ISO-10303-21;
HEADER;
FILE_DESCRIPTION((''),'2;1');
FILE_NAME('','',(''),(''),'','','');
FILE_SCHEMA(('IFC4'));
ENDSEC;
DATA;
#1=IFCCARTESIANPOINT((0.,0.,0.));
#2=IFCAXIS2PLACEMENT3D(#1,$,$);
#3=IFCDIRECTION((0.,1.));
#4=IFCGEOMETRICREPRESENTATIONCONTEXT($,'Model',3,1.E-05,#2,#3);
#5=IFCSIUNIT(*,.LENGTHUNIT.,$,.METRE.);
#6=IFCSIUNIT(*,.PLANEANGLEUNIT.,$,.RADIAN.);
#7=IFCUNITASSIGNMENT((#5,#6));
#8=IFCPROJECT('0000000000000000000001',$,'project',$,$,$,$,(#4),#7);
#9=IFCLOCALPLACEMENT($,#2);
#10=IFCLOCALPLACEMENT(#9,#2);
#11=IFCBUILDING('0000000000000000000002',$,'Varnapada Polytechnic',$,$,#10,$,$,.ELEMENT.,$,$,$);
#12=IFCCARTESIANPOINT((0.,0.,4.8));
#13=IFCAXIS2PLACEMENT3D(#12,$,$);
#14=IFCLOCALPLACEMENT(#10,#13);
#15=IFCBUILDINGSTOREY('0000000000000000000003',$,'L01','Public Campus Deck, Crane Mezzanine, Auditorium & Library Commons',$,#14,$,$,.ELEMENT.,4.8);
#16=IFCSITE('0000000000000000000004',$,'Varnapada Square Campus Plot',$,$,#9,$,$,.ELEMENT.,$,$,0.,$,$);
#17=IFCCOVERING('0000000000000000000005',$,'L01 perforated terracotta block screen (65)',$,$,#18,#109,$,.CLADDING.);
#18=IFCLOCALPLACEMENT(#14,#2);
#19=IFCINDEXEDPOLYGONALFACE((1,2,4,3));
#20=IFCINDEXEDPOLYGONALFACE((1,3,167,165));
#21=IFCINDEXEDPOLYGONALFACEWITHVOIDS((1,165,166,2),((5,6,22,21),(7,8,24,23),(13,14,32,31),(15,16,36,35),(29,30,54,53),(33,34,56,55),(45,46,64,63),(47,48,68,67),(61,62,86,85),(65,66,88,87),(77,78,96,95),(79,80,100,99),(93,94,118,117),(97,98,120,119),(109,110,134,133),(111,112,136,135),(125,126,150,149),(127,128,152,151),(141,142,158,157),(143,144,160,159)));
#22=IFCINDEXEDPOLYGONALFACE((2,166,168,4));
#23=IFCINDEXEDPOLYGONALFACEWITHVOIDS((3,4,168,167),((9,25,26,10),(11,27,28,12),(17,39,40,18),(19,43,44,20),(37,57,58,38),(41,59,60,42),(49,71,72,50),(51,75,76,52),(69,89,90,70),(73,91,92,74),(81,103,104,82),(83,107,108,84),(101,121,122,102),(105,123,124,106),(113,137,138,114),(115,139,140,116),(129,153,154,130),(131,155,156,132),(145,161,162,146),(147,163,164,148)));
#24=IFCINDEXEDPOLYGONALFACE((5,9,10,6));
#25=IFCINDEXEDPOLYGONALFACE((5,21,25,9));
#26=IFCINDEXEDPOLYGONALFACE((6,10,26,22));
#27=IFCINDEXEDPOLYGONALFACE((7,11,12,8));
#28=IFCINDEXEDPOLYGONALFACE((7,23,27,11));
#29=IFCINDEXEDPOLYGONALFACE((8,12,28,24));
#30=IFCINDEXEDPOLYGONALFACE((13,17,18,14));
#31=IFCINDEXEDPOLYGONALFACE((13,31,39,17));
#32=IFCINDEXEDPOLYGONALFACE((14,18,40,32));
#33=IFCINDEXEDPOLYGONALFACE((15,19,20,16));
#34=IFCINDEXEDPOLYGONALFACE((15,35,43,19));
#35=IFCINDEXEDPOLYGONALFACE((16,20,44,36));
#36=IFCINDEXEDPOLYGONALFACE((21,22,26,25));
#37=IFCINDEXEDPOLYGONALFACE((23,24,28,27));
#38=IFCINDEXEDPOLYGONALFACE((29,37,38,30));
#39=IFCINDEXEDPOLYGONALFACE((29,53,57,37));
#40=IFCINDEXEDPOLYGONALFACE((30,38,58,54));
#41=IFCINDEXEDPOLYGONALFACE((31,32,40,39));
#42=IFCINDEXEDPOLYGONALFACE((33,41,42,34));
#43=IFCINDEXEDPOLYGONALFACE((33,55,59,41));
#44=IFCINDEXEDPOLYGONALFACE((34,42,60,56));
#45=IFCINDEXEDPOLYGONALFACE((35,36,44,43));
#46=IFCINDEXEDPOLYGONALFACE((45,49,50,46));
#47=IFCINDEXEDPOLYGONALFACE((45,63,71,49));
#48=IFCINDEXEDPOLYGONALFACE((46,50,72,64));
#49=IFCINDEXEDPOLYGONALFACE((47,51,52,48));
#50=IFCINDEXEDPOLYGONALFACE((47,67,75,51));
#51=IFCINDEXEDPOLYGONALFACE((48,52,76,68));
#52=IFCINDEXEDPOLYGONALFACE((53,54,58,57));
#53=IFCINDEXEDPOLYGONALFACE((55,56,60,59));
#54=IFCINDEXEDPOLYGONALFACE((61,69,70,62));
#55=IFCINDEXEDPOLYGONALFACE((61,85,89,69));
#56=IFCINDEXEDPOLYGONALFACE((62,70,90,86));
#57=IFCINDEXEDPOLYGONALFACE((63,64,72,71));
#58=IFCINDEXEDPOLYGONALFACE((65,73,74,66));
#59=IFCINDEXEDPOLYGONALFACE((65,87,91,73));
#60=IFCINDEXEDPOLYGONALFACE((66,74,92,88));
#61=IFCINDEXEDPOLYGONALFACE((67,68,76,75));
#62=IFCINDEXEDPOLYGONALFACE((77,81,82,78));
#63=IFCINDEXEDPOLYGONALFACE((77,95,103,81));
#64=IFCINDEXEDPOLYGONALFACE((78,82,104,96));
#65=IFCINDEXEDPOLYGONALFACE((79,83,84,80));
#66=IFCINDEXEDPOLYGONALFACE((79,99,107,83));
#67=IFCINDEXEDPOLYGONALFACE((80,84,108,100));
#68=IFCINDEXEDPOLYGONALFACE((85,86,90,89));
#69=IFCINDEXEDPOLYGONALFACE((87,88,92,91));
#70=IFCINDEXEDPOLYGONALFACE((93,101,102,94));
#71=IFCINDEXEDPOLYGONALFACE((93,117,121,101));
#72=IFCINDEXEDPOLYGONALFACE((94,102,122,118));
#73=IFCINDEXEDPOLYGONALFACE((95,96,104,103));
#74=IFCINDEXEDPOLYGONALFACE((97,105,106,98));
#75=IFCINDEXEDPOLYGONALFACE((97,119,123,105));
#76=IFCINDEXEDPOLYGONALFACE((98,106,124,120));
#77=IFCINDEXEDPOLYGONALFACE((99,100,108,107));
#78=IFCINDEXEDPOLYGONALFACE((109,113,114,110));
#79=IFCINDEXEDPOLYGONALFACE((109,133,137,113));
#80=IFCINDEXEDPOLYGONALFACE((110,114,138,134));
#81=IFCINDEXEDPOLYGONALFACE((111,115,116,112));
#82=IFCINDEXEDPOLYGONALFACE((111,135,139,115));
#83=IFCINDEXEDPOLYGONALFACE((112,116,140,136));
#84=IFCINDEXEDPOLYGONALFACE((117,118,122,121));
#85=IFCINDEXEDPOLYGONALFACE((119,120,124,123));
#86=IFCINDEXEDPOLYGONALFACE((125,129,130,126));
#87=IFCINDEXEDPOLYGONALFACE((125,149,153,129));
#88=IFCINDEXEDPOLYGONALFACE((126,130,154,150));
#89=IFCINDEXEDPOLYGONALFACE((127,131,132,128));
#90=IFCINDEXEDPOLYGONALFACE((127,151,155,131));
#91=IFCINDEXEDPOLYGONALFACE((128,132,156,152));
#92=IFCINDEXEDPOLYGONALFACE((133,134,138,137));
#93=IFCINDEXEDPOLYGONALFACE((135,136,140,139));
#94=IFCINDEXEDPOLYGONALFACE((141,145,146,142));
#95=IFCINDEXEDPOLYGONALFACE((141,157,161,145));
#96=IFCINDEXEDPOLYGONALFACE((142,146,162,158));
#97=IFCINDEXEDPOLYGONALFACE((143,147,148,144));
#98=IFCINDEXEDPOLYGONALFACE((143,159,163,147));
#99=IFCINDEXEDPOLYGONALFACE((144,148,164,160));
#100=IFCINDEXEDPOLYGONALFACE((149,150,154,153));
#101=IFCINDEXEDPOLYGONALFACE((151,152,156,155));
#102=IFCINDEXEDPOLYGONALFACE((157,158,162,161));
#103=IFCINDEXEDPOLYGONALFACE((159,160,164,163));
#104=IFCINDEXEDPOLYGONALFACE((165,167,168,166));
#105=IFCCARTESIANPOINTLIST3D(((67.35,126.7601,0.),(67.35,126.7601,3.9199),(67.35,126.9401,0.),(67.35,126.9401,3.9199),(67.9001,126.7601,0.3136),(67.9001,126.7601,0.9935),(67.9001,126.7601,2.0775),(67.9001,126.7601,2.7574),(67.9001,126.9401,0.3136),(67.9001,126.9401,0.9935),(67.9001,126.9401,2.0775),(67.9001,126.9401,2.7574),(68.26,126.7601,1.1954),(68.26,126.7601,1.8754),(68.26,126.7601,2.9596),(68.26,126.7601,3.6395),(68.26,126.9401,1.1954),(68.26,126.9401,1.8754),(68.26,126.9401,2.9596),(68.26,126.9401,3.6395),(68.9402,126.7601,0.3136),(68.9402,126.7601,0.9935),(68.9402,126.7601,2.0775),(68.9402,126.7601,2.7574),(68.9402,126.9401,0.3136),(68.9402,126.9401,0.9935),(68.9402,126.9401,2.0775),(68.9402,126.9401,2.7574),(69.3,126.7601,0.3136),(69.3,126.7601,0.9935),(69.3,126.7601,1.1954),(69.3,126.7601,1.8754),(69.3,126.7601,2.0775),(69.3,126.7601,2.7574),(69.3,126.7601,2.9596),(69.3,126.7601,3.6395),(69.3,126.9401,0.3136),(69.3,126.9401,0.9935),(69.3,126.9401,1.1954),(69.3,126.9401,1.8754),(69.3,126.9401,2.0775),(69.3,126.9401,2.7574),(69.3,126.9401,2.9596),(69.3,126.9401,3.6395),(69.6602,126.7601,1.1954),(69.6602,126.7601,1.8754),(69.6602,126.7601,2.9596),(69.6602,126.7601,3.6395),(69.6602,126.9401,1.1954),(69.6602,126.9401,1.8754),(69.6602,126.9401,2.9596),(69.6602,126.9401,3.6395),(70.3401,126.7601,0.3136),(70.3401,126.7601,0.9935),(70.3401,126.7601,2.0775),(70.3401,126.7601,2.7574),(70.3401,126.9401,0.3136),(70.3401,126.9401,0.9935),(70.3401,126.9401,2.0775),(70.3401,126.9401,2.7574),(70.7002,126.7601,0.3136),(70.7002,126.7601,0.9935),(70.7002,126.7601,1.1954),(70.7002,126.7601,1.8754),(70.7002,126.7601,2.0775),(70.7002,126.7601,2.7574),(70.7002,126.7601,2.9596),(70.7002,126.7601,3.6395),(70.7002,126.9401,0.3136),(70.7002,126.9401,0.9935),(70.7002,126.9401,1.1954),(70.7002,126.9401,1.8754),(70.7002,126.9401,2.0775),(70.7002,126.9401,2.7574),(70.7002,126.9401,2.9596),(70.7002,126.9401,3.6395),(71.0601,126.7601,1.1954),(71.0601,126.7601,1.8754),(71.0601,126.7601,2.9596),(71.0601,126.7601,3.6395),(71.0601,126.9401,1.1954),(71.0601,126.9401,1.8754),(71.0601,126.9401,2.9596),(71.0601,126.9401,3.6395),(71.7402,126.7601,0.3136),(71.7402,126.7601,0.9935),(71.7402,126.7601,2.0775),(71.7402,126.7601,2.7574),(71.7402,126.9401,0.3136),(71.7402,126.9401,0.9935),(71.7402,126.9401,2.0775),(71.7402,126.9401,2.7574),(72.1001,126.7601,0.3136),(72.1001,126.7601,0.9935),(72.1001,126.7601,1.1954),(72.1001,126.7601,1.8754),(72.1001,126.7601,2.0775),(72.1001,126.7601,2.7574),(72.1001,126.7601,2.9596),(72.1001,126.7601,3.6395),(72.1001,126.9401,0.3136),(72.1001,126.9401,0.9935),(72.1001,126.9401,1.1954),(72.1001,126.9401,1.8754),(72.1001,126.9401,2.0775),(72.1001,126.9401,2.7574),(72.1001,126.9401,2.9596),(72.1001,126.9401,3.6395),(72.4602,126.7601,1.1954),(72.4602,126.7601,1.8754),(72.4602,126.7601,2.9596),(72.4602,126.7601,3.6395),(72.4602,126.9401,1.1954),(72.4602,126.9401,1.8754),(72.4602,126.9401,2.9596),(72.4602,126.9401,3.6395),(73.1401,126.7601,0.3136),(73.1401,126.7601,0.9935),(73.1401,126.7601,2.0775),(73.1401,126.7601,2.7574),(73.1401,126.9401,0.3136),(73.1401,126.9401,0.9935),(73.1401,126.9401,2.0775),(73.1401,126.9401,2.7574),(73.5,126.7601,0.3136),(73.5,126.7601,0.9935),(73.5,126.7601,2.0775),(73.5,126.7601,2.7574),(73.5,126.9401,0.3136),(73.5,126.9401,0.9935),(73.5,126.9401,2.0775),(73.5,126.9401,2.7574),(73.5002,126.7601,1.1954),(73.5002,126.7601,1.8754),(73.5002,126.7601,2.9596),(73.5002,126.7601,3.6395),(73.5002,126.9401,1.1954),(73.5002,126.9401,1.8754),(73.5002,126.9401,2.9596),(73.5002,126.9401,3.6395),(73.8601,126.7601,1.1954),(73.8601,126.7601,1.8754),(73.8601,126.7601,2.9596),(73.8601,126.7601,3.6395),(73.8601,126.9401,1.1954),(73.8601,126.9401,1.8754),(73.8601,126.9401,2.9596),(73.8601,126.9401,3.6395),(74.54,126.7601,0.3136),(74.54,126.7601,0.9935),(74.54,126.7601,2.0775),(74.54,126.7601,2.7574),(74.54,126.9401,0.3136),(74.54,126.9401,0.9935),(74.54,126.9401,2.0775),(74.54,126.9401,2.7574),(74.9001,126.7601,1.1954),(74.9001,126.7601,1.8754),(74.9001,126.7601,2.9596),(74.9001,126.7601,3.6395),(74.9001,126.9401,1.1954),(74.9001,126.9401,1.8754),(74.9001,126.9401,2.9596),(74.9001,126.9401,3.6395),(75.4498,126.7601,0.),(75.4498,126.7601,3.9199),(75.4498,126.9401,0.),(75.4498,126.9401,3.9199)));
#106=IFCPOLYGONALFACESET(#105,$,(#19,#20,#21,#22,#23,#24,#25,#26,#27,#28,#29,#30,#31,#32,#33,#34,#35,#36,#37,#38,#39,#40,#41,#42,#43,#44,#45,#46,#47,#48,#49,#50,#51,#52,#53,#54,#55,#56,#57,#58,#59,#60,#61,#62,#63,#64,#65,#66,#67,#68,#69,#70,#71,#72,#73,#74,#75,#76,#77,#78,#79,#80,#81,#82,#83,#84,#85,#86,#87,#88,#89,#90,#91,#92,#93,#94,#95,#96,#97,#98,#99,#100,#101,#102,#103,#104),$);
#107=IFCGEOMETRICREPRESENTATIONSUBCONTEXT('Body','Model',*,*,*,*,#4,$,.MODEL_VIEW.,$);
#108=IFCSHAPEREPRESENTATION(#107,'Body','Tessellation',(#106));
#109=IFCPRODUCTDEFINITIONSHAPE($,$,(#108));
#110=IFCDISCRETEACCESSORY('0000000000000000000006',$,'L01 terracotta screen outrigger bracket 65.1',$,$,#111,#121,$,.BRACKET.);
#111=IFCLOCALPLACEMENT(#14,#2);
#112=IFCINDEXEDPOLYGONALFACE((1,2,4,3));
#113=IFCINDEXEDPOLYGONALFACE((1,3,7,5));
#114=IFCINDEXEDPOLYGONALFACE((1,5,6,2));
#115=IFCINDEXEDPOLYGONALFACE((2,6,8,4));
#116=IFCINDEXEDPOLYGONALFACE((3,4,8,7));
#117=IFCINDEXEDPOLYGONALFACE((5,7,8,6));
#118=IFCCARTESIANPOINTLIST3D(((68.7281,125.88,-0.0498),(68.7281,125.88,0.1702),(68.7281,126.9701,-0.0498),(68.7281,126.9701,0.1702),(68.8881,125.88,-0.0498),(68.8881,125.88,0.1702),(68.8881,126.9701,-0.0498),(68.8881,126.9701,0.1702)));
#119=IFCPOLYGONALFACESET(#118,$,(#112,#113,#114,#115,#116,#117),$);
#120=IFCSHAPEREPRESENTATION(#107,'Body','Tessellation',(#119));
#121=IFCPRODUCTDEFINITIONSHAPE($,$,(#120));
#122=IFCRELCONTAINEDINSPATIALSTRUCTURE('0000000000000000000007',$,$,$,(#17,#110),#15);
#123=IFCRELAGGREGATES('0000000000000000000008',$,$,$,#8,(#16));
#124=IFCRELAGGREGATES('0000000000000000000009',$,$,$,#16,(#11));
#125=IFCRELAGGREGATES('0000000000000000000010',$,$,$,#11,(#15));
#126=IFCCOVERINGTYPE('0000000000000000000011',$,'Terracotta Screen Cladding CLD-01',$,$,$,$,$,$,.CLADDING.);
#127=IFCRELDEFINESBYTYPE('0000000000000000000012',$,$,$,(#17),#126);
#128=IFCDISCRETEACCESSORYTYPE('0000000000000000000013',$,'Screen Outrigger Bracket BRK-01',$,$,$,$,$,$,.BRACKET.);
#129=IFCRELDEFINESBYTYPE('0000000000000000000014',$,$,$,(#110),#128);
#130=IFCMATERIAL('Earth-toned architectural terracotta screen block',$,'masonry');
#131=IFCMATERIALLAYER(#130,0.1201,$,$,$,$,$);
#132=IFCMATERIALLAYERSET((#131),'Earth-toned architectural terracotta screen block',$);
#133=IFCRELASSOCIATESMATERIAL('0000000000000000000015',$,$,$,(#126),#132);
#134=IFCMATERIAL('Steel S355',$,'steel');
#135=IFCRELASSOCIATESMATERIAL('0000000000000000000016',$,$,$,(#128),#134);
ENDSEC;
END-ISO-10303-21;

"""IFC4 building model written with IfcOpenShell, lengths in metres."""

from ifc_helpers import new_model, si_unit, direction, frame, frame_2d, origin, origin_2d, place, context, subcontext, project, spatial, rectangle, extrude, material, layer, layer_set, type_object, element, save


model = new_model("IFC4")

# Units and contexts
model_context = context("Model", 3, precision=1e-05, world=origin(), true_north=direction((0.0, 1.0)))
body_context = subcontext(model_context, "Body", "Model", "MODEL_VIEW")
ifc_project = project(units=[si_unit("LENGTHUNIT", "METRE"), si_unit("PLANEANGLEUNIT", "RADIAN")], contexts=[model_context])

# Site, building, storey
site_placement = place(None, origin())
site = spatial("IfcSite", under=ifc_project, at=site_placement, Name="Varnapada Square Campus Plot", CompositionType="ELEMENT", RefElevation=0.0)
building_placement = place(site_placement, origin())
building = spatial("IfcBuilding", under=site, at=building_placement, Name="Varnapada Polytechnic", CompositionType="ELEMENT")
storey_placement = place(building_placement, frame((0.0, 0.0, 4.8)))
storey = spatial("IfcBuildingStorey", under=building, at=storey_placement, Name="L01", Description="Public Campus Deck, Crane Mezzanine, Auditorium & Library Commons", CompositionType="ELEMENT", Elevation=4.8)

# Covering, openings
ifc_material_1 = material(Name="Earth-toned architectural terracotta screen block", Category="masonry")
ifc_layer = layer(ifc_material_1, 0.1201)
ifc_layer_set = layer_set([ifc_layer], Name="Earth-toned architectural terracotta screen block")
covering_type = type_object("IfcCoveringType", Name="Terracotta Screen Cladding CLD-01", PredefinedType="CLADDING", material=ifc_layer_set)
covering_placement = place(storey_placement, frame((67.3501, 126.8501, 0.0), z_axis=(0.0, 0.0, 1.0), x_axis=(1.0, 0.0, 0.0)))
covering = element("IfcCovering", 1, at=covering_placement, inside=storey, type_object=covering_type, Name="L01 perforated terracotta block screen (65)", PredefinedType="CLADDING", context=body_context, shape_type="SweptSolid", body=[
    extrude(rectangle(XDim=8.0999, YDim=0.1799, at=frame_2d((4.0498, 0.0))), origin(), (0.0, 0.0, 1.0), 3.9199),
])
opening_1_placement = place(covering_placement, frame((0.55, 0.0, 0.3137)))
element("IfcOpeningElement", 2, at=opening_1_placement, cuts=covering, PredefinedType="OPENING", context=body_context, shape_type="SweptSolid", body=[
    extrude(rectangle(XDim=1.04, YDim=0.6799, at=frame_2d((0.52, 0.3398))), frame((0.0, 0.0999, 0.0), z_axis=(0.0, -1.0, 0.0), x_axis=(1.0, 0.0, 0.0)), (0.0, 0.0, 1.0), 0.2),
])
opening_2_placement = place(covering_placement, frame((1.95, 0.0, 0.3137)))
element("IfcOpeningElement", 3, at=opening_2_placement, cuts=covering, PredefinedType="OPENING", context=body_context, shape_type="SweptSolid", body=[
    extrude(rectangle(XDim=1.04, YDim=0.6799, at=frame_2d((0.52, 0.3398))), frame((0.0, 0.0999, 0.0), z_axis=(0.0, -1.0, 0.0), x_axis=(1.0, 0.0, 0.0)), (0.0, 0.0, 1.0), 0.2),
])
opening_3_placement = place(covering_placement, frame((3.3501, 0.0, 0.3137)))
element("IfcOpeningElement", 4, at=opening_3_placement, cuts=covering, PredefinedType="OPENING", context=body_context, shape_type="SweptSolid", body=[
    extrude(rectangle(XDim=1.04, YDim=0.6799, at=frame_2d((0.52, 0.3398))), frame((0.0, 0.0999, 0.0), z_axis=(0.0, -1.0, 0.0), x_axis=(1.0, 0.0, 0.0)), (0.0, 0.0, 1.0), 0.2),
])
opening_4_placement = place(covering_placement, frame((4.75, 0.0, 0.3137)))
element("IfcOpeningElement", 5, at=opening_4_placement, cuts=covering, PredefinedType="OPENING", context=body_context, shape_type="SweptSolid", body=[
    extrude(rectangle(XDim=1.04, YDim=0.6799, at=frame_2d((0.52, 0.3398))), frame((0.0, 0.0999, 0.0), z_axis=(0.0, -1.0, 0.0), x_axis=(1.0, 0.0, 0.0)), (0.0, 0.0, 1.0), 0.2),
])
opening_5_placement = place(covering_placement, frame((6.1499, 0.0, 0.3137)))
element("IfcOpeningElement", 6, at=opening_5_placement, cuts=covering, PredefinedType="OPENING", context=body_context, shape_type="SweptSolid", body=[
    extrude(rectangle(XDim=1.04, YDim=0.6799, at=frame_2d((0.52, 0.3398))), frame((0.0, 0.0999, 0.0), z_axis=(0.0, -1.0, 0.0), x_axis=(1.0, 0.0, 0.0)), (0.0, 0.0, 1.0), 0.2),
])
opening_6_placement = place(covering_placement, frame((0.9099, 0.0, 1.1956)))
element("IfcOpeningElement", 7, at=opening_6_placement, cuts=covering, PredefinedType="OPENING", context=body_context, shape_type="SweptSolid", body=[
    extrude(rectangle(XDim=1.04, YDim=0.6799, at=frame_2d((0.52, 0.3398))), frame((0.0, 0.0999, 0.0), z_axis=(0.0, -1.0, 0.0), x_axis=(1.0, 0.0, 0.0)), (0.0, 0.0, 1.0), 0.2),
])
opening_7_placement = place(covering_placement, frame((2.3101, 0.0, 1.1956)))
element("IfcOpeningElement", 8, at=opening_7_placement, cuts=covering, PredefinedType="OPENING", context=body_context, shape_type="SweptSolid", body=[
    extrude(rectangle(XDim=1.04, YDim=0.6799, at=frame_2d((0.52, 0.3398))), frame((0.0, 0.0999, 0.0), z_axis=(0.0, -1.0, 0.0), x_axis=(1.0, 0.0, 0.0)), (0.0, 0.0, 1.0), 0.2),
])
opening_8_placement = place(covering_placement, frame((3.71, 0.0, 1.1956)))
element("IfcOpeningElement", 9, at=opening_8_placement, cuts=covering, PredefinedType="OPENING", context=body_context, shape_type="SweptSolid", body=[
    extrude(rectangle(XDim=1.04, YDim=0.6799, at=frame_2d((0.52, 0.3398))), frame((0.0, 0.0999, 0.0), z_axis=(0.0, -1.0, 0.0), x_axis=(1.0, 0.0, 0.0)), (0.0, 0.0, 1.0), 0.2),
])
opening_9_placement = place(covering_placement, frame((5.1101, 0.0, 1.1956)))
element("IfcOpeningElement", 10, at=opening_9_placement, cuts=covering, PredefinedType="OPENING", context=body_context, shape_type="SweptSolid", body=[
    extrude(rectangle(XDim=1.04, YDim=0.6799, at=frame_2d((0.52, 0.3398))), frame((0.0, 0.0999, 0.0), z_axis=(0.0, -1.0, 0.0), x_axis=(1.0, 0.0, 0.0)), (0.0, 0.0, 1.0), 0.2),
])
opening_10_placement = place(covering_placement, frame((6.51, 0.0, 1.1956)))
element("IfcOpeningElement", 11, at=opening_10_placement, cuts=covering, PredefinedType="OPENING", context=body_context, shape_type="SweptSolid", body=[
    extrude(rectangle(XDim=1.04, YDim=0.6799, at=frame_2d((0.52, 0.3398))), frame((0.0, 0.0999, 0.0), z_axis=(0.0, -1.0, 0.0), x_axis=(1.0, 0.0, 0.0)), (0.0, 0.0, 1.0), 0.2),
])
opening_11_placement = place(covering_placement, frame((0.55, 0.0, 2.0776)))
element("IfcOpeningElement", 12, at=opening_11_placement, cuts=covering, PredefinedType="OPENING", context=body_context, shape_type="SweptSolid", body=[
    extrude(rectangle(XDim=1.04, YDim=0.6799, at=frame_2d((0.52, 0.3398))), frame((0.0, 0.0999, 0.0), z_axis=(0.0, -1.0, 0.0), x_axis=(1.0, 0.0, 0.0)), (0.0, 0.0, 1.0), 0.2),
])
opening_12_placement = place(covering_placement, frame((1.95, 0.0, 2.0776)))
element("IfcOpeningElement", 13, at=opening_12_placement, cuts=covering, PredefinedType="OPENING", context=body_context, shape_type="SweptSolid", body=[
    extrude(rectangle(XDim=1.04, YDim=0.6799, at=frame_2d((0.52, 0.3398))), frame((0.0, 0.0999, 0.0), z_axis=(0.0, -1.0, 0.0), x_axis=(1.0, 0.0, 0.0)), (0.0, 0.0, 1.0), 0.2),
])
opening_13_placement = place(covering_placement, frame((3.3501, 0.0, 2.0776)))
element("IfcOpeningElement", 14, at=opening_13_placement, cuts=covering, PredefinedType="OPENING", context=body_context, shape_type="SweptSolid", body=[
    extrude(rectangle(XDim=1.04, YDim=0.6799, at=frame_2d((0.52, 0.3398))), frame((0.0, 0.0999, 0.0), z_axis=(0.0, -1.0, 0.0), x_axis=(1.0, 0.0, 0.0)), (0.0, 0.0, 1.0), 0.2),
])
opening_14_placement = place(covering_placement, frame((4.75, 0.0, 2.0776)))
element("IfcOpeningElement", 15, at=opening_14_placement, cuts=covering, PredefinedType="OPENING", context=body_context, shape_type="SweptSolid", body=[
    extrude(rectangle(XDim=1.04, YDim=0.6799, at=frame_2d((0.52, 0.3398))), frame((0.0, 0.0999, 0.0), z_axis=(0.0, -1.0, 0.0), x_axis=(1.0, 0.0, 0.0)), (0.0, 0.0, 1.0), 0.2),
])
opening_15_placement = place(covering_placement, frame((6.1499, 0.0, 2.0776)))
element("IfcOpeningElement", 16, at=opening_15_placement, cuts=covering, PredefinedType="OPENING", context=body_context, shape_type="SweptSolid", body=[
    extrude(rectangle(XDim=1.04, YDim=0.6799, at=frame_2d((0.52, 0.3398))), frame((0.0, 0.0999, 0.0), z_axis=(0.0, -1.0, 0.0), x_axis=(1.0, 0.0, 0.0)), (0.0, 0.0, 1.0), 0.2),
])
opening_16_placement = place(covering_placement, frame((0.9099, 0.0, 2.9597)))
element("IfcOpeningElement", 17, at=opening_16_placement, cuts=covering, PredefinedType="OPENING", context=body_context, shape_type="SweptSolid", body=[
    extrude(rectangle(XDim=1.04, YDim=0.6799, at=frame_2d((0.52, 0.3398))), frame((0.0, 0.0999, 0.0), z_axis=(0.0, -1.0, 0.0), x_axis=(1.0, 0.0, 0.0)), (0.0, 0.0, 1.0), 0.2),
])
opening_17_placement = place(covering_placement, frame((2.3101, 0.0, 2.9597)))
element("IfcOpeningElement", 18, at=opening_17_placement, cuts=covering, PredefinedType="OPENING", context=body_context, shape_type="SweptSolid", body=[
    extrude(rectangle(XDim=1.04, YDim=0.6799, at=frame_2d((0.52, 0.3398))), frame((0.0, 0.0999, 0.0), z_axis=(0.0, -1.0, 0.0), x_axis=(1.0, 0.0, 0.0)), (0.0, 0.0, 1.0), 0.2),
])
opening_18_placement = place(covering_placement, frame((3.71, 0.0, 2.9597)))
element("IfcOpeningElement", 19, at=opening_18_placement, cuts=covering, PredefinedType="OPENING", context=body_context, shape_type="SweptSolid", body=[
    extrude(rectangle(XDim=1.04, YDim=0.6799, at=frame_2d((0.52, 0.3398))), frame((0.0, 0.0999, 0.0), z_axis=(0.0, -1.0, 0.0), x_axis=(1.0, 0.0, 0.0)), (0.0, 0.0, 1.0), 0.2),
])
opening_19_placement = place(covering_placement, frame((5.1101, 0.0, 2.9597)))
element("IfcOpeningElement", 20, at=opening_19_placement, cuts=covering, PredefinedType="OPENING", context=body_context, shape_type="SweptSolid", body=[
    extrude(rectangle(XDim=1.04, YDim=0.6799, at=frame_2d((0.52, 0.3398))), frame((0.0, 0.0999, 0.0), z_axis=(0.0, -1.0, 0.0), x_axis=(1.0, 0.0, 0.0)), (0.0, 0.0, 1.0), 0.2),
])
opening_20_placement = place(covering_placement, frame((6.51, 0.0, 2.9597)))
element("IfcOpeningElement", 21, at=opening_20_placement, cuts=covering, PredefinedType="OPENING", context=body_context, shape_type="SweptSolid", body=[
    extrude(rectangle(XDim=1.04, YDim=0.6799, at=frame_2d((0.52, 0.3398))), frame((0.0, 0.0999, 0.0), z_axis=(0.0, -1.0, 0.0), x_axis=(1.0, 0.0, 0.0)), (0.0, 0.0, 1.0), 0.2),
])

# Discrete accessory
ifc_material_2 = material(Name="Steel S355", Category="steel")
discrete_accessory_type = type_object("IfcDiscreteAccessoryType", Name="Screen Outrigger Bracket BRK-01", PredefinedType="BRACKET", material=ifc_material_2)
for number, where, z_axis, x_axis, name in (
    (22, (68.8081, 126.425, -0.0498), (0.0, 0.0, 1.0), (1.0, 0.0, 0.0), "L01 terracotta screen outrigger bracket 65.1"),
):
    element("IfcDiscreteAccessory", number, at=place(storey_placement, frame(where, z_axis=z_axis, x_axis=x_axis)), inside=storey, type_object=discrete_accessory_type, Name=name, PredefinedType="BRACKET", context=body_context, shape_type="SweptSolid", body=[
        extrude(rectangle(XDim=0.1599, YDim=1.0901, at=origin_2d()), origin(), (0.0, 0.0, 1.0), 0.22),
    ])

save(model, "model.ifc")
